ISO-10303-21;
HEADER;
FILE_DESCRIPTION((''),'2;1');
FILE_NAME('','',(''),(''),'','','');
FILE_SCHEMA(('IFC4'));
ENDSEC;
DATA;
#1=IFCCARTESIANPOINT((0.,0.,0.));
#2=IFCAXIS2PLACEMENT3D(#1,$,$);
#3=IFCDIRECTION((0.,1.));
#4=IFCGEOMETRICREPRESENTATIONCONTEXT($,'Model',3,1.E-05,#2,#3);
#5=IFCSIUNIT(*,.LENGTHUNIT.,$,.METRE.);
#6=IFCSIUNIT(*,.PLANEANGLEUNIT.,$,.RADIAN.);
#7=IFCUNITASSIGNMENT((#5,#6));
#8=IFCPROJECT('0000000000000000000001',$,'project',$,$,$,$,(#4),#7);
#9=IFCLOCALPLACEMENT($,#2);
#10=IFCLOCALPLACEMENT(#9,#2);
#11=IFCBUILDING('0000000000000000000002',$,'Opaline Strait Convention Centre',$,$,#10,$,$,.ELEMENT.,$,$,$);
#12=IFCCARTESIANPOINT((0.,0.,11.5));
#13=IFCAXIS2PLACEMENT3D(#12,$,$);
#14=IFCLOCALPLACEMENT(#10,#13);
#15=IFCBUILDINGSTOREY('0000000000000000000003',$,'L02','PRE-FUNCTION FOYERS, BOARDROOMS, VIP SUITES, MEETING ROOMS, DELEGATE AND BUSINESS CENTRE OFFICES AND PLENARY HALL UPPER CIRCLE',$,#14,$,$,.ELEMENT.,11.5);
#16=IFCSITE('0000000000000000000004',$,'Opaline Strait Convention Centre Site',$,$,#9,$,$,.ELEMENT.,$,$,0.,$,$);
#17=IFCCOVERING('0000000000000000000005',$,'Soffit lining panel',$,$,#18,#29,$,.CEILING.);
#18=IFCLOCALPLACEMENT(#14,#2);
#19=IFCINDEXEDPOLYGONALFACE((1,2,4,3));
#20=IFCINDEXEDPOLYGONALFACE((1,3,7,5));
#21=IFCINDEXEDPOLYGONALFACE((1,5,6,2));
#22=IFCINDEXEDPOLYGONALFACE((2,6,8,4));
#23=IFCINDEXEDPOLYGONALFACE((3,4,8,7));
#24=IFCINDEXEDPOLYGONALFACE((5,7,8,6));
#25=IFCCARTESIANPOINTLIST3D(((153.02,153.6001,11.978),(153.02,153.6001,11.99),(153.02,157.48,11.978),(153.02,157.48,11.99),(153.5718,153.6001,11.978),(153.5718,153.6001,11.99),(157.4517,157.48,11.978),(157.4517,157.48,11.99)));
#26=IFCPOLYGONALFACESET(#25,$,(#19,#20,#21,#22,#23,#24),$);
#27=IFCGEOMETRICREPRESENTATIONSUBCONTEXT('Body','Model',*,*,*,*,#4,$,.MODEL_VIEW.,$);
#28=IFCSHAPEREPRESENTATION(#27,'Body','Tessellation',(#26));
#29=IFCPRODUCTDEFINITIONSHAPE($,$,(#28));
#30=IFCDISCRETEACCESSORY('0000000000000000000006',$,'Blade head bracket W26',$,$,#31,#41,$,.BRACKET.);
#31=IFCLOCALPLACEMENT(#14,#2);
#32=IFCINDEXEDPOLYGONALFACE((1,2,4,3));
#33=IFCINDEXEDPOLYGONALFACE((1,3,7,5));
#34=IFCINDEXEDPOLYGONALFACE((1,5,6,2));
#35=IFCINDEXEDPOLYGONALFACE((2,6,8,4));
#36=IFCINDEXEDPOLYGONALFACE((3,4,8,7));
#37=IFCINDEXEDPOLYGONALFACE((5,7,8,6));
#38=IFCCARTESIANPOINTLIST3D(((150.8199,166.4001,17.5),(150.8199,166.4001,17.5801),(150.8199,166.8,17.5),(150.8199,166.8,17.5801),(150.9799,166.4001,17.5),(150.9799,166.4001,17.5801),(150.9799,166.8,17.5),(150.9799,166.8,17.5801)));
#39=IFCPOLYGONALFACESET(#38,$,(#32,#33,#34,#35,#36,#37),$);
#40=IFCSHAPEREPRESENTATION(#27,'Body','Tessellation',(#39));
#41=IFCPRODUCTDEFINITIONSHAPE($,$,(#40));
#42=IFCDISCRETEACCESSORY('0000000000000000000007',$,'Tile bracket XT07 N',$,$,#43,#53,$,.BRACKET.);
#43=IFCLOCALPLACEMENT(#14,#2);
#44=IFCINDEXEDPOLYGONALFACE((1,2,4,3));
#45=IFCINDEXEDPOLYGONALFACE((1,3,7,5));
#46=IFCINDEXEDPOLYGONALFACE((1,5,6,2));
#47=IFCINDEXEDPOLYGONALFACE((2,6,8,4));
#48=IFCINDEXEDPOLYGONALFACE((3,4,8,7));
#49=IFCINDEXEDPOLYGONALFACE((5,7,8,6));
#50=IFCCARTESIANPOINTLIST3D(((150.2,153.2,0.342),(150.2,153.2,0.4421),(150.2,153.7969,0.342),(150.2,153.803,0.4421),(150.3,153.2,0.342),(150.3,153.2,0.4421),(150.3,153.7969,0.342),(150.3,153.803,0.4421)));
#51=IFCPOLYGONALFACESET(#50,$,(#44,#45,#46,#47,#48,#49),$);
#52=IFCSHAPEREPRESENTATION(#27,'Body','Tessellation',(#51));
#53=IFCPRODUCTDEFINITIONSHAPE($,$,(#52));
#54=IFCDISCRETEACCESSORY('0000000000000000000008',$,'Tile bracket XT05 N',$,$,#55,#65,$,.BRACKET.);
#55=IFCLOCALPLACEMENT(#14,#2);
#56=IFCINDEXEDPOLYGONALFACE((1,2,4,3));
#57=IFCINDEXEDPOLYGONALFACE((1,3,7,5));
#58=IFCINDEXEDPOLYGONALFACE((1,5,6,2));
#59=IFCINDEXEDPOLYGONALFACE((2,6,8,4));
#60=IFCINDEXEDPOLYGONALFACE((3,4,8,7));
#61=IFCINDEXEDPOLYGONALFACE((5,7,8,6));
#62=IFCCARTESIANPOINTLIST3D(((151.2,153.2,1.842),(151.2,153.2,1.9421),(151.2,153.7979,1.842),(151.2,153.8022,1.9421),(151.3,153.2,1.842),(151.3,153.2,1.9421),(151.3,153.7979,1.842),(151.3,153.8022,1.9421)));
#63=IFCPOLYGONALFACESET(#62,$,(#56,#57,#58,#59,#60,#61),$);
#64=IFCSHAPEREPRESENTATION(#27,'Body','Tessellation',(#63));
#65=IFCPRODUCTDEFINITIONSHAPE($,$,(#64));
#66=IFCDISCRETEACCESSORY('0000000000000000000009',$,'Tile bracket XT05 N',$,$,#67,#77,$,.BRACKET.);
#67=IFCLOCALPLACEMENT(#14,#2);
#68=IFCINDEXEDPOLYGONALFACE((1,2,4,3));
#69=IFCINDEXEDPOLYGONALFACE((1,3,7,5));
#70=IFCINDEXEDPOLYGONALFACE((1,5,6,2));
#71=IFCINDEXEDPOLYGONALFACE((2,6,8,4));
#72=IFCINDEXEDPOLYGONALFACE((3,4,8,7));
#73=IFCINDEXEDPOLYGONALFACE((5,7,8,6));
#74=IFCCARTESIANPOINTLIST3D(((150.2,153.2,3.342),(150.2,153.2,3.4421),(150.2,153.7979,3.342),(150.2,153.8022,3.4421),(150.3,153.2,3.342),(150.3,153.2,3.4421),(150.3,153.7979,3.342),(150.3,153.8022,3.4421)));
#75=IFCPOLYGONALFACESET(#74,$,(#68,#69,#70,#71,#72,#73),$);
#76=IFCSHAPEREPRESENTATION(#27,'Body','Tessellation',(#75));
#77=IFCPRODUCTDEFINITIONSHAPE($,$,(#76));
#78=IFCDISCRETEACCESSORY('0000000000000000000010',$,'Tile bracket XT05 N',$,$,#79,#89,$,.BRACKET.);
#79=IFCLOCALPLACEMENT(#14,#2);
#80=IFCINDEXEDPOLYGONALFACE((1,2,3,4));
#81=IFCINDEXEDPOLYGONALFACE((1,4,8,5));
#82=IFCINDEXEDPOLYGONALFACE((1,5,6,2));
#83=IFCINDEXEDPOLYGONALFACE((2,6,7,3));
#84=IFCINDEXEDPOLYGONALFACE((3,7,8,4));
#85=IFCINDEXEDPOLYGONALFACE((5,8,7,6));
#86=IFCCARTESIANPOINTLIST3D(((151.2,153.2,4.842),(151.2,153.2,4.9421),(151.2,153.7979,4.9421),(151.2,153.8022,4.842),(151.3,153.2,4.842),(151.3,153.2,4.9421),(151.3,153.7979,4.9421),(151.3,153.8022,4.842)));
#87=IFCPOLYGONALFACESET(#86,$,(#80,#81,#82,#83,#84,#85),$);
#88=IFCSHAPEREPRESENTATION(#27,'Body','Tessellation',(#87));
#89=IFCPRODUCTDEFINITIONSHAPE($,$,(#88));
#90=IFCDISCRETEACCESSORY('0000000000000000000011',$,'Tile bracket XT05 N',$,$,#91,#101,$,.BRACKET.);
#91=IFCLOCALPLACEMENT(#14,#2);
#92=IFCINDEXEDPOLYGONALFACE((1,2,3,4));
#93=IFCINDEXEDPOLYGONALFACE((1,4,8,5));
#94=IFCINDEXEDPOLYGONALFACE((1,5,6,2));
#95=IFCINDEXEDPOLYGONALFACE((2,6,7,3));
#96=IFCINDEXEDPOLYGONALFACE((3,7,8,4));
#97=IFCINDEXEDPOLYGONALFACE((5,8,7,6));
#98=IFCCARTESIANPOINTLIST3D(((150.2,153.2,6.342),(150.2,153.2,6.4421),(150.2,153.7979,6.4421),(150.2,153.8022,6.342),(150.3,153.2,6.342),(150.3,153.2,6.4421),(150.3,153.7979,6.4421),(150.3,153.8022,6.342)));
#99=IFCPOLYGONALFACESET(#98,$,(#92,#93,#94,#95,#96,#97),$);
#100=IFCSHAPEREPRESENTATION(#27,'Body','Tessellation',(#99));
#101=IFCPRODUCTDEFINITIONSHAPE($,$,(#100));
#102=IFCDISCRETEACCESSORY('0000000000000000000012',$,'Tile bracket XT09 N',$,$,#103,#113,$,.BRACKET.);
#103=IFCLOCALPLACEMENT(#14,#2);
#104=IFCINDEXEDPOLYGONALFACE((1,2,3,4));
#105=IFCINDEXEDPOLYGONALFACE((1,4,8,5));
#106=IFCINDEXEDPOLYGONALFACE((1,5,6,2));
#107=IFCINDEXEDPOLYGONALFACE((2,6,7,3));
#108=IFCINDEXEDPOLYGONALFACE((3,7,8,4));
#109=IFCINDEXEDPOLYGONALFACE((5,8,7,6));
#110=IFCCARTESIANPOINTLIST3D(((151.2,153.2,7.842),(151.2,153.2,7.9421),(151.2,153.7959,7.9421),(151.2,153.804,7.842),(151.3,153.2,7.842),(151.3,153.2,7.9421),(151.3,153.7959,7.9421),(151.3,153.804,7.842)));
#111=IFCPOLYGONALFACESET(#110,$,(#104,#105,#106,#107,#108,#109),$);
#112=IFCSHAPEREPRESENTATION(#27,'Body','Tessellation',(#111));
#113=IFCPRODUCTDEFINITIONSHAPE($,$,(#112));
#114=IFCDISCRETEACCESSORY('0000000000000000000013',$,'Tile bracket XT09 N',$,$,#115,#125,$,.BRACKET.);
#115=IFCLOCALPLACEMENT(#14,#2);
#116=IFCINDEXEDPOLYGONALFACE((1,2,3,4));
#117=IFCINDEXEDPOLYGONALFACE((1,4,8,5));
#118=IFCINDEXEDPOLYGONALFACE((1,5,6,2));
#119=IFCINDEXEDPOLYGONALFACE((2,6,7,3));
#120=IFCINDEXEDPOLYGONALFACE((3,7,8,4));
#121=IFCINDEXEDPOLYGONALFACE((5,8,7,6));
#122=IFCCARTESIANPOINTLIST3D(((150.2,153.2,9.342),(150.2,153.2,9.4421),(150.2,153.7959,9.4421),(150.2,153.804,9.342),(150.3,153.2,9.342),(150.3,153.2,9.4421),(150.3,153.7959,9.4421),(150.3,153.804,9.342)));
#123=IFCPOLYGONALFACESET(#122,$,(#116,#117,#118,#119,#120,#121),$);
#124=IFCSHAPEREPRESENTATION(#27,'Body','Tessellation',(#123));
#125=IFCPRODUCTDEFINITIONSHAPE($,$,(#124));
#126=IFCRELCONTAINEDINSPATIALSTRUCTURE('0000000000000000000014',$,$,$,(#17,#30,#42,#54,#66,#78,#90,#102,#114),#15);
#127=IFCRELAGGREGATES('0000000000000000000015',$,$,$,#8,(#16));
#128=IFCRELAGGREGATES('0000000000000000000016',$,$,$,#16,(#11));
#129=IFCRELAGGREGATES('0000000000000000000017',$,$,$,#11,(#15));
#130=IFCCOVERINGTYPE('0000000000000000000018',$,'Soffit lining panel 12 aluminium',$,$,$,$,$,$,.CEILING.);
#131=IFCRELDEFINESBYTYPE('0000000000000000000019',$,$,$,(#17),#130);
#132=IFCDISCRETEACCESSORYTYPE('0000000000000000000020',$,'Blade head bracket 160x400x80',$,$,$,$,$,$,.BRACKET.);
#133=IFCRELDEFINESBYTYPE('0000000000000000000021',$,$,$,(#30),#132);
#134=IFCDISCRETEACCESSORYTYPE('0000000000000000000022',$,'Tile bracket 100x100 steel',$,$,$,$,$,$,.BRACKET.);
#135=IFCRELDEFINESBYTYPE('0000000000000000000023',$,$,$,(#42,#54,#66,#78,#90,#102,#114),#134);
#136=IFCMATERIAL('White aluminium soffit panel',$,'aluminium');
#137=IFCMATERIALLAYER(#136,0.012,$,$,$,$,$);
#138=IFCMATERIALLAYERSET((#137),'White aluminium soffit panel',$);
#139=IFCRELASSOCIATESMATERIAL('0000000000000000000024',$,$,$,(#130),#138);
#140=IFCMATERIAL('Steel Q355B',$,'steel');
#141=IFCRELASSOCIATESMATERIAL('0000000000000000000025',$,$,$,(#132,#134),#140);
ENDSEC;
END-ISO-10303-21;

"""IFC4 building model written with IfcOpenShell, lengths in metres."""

from ifc_helpers import new_model, si_unit, direction, frame, origin, origin_2d, place, context, subcontext, project, spatial, polyline, rectangle, outline, extrude, material, layer, layer_set, type_object, element, save


model = new_model("IFC4")

# Units and contexts
model_context = context("Model", 3, precision=1e-05, world=origin(), true_north=direction((0.0, 1.0)))
body_context = subcontext(model_context, "Body", "Model", "MODEL_VIEW")
ifc_project = project(units=[si_unit("LENGTHUNIT", "METRE"), si_unit("PLANEANGLEUNIT", "RADIAN")], contexts=[model_context])

# Site, building, storey
site_placement = place(None, origin())
site = spatial("IfcSite", under=ifc_project, at=site_placement, Name="Opaline Strait Convention Centre Site", CompositionType="ELEMENT", RefElevation=0.0)
building_placement = place(site_placement, origin())
building = spatial("IfcBuilding", under=site, at=building_placement, Name="Opaline Strait Convention Centre", CompositionType="ELEMENT")
storey_placement = place(building_placement, frame((0.0, 0.0, 11.5)))
storey = spatial("IfcBuildingStorey", under=building, at=storey_placement, Name="L02", Description="PRE-FUNCTION FOYERS, BOARDROOMS, VIP SUITES, MEETING ROOMS, DELEGATE AND BUSINESS CENTRE OFFICES AND PLENARY HALL UPPER CIRCLE", CompositionType="ELEMENT", Elevation=11.5)

# Shared definitions
ifc_material_1 = material(Name="Steel Q355B", Category="steel")

# Covering
ifc_material_2 = material(Name="White aluminium soffit panel", Category="aluminium")
ifc_layer_1 = layer(ifc_material_2, 0.012)
ifc_layer_set_1 = layer_set([ifc_layer_1], Name="White aluminium soffit panel")
covering_type_1 = type_object("IfcCoveringType", Name="Soffit lining panel 12 aluminium", PredefinedType="CEILING", material=ifc_layer_set_1)
covering_1_placement = place(storey_placement, frame((157.4517, 157.48, 11.99), z_axis=(0.0, 0.0, 1.0), x_axis=(-0.707107, -0.707107, 0.0)))
element("IfcCovering", 1, at=covering_1_placement, inside=storey, type_object=covering_type_1, Name="Soffit lining panel", PredefinedType="CEILING", context=body_context, shape_type="SweptSolid", body=[
    extrude(outline(polyline([(0.0, 0.0), (5.487, 0.0), (5.8771, -0.3902), (3.1336, -3.1336), (0.0, 0.0)])), origin(), (0.0, 0.0, -1.0), 0.012),
])

# Discrete accessories
discrete_accessory_type_1 = type_object("IfcDiscreteAccessoryType", Name="Blade head bracket 160x400x80", PredefinedType="BRACKET", material=ifc_material_1)
discrete_accessory_1_placement = place(storey_placement, frame((150.8999, 166.6001, 17.5), z_axis=(0.0, 0.0, 1.0), x_axis=(1.0, 0.0, 0.0)))
element("IfcDiscreteAccessory", 2, at=discrete_accessory_1_placement, inside=storey, type_object=discrete_accessory_type_1, Name="Blade head bracket W26", PredefinedType="BRACKET", context=body_context, shape_type="SweptSolid", body=[
    extrude(rectangle(XDim=0.1599, YDim=0.3999, at=origin_2d()), origin(), (0.0, 0.0, 1.0), 0.0801),
])
discrete_accessory_type_2 = type_object("IfcDiscreteAccessoryType", Name="Tile bracket 100x100 steel", PredefinedType="BRACKET", material=ifc_material_1)
discrete_accessory_2_placement = place(storey_placement, frame((150.3, 153.2, 0.3921), z_axis=(-1.0, 0.0, 0.0), x_axis=(0.0, -1.0, 0.0)))
element("IfcDiscreteAccessory", 3, at=discrete_accessory_2_placement, inside=storey, type_object=discrete_accessory_type_2, Name="Tile bracket XT07 N", PredefinedType="BRACKET", context=body_context, shape_type="SweptSolid", body=[
    extrude(outline(polyline([(0.0, -0.05), (0.0, 0.05), (-0.603, 0.05), (-0.5969, -0.05), (0.0, -0.05)])), origin(), (0.0, 0.0, 1.0), 0.1001),
])
for number, where, z_axis, x_axis, name in (
    (4, (151.3, 153.2, 1.8921), (-1.0, 0.0, 0.0), (0.0, -1.0, 0.0), "Tile bracket XT05 N"),
    (5, (150.3, 153.2, 3.3921), (-1.0, 0.0, 0.0), (0.0, -1.0, 0.0), "Tile bracket XT05 N"),
):
    element("IfcDiscreteAccessory", number, at=place(storey_placement, frame(where, z_axis=z_axis, x_axis=x_axis)), inside=storey, type_object=discrete_accessory_type_2, Name=name, PredefinedType="BRACKET", context=body_context, shape_type="SweptSolid", body=[
        extrude(outline(polyline([(0.0, -0.05), (0.0, 0.05), (-0.6023, 0.05), (-0.5979, -0.05), (0.0, -0.05)])), origin(), (0.0, 0.0, 1.0), 0.1001),
    ])
for number, where, z_axis, x_axis, name in (
    (6, (151.3, 153.2, 4.8921), (-1.0, 0.0, 0.0), (0.0, -1.0, 0.0), "Tile bracket XT05 N"),
    (7, (150.3, 153.2, 6.3921), (-1.0, 0.0, 0.0), (0.0, -1.0, 0.0), "Tile bracket XT05 N"),
):
    element("IfcDiscreteAccessory", number, at=place(storey_placement, frame(where, z_axis=z_axis, x_axis=x_axis)), inside=storey, type_object=discrete_accessory_type_2, Name=name, PredefinedType="BRACKET", context=body_context, shape_type="SweptSolid", body=[
        extrude(outline(polyline([(0.0, -0.05), (0.0, 0.05), (-0.5979, 0.05), (-0.6023, -0.05), (0.0, -0.05)])), origin(), (0.0, 0.0, 1.0), 0.1001),
    ])
for number, where, z_axis, x_axis, name in (
    (8, (151.3, 153.2, 7.8921), (-1.0, 0.0, 0.0), (0.0, -1.0, 0.0), "Tile bracket XT09 N"),
    (9, (150.3, 153.2, 9.3921), (-1.0, 0.0, 0.0), (0.0, -1.0, 0.0), "Tile bracket XT09 N"),
):
    element("IfcDiscreteAccessory", number, at=place(storey_placement, frame(where, z_axis=z_axis, x_axis=x_axis)), inside=storey, type_object=discrete_accessory_type_2, Name=name, PredefinedType="BRACKET", context=body_context, shape_type="SweptSolid", body=[
        extrude(outline(polyline([(0.0, -0.05), (0.0, 0.05), (-0.5959, 0.05), (-0.604, -0.05), (0.0, -0.05)])), origin(), (0.0, 0.0, 1.0), 0.1001),
    ])

save(model, "model.ifc")
